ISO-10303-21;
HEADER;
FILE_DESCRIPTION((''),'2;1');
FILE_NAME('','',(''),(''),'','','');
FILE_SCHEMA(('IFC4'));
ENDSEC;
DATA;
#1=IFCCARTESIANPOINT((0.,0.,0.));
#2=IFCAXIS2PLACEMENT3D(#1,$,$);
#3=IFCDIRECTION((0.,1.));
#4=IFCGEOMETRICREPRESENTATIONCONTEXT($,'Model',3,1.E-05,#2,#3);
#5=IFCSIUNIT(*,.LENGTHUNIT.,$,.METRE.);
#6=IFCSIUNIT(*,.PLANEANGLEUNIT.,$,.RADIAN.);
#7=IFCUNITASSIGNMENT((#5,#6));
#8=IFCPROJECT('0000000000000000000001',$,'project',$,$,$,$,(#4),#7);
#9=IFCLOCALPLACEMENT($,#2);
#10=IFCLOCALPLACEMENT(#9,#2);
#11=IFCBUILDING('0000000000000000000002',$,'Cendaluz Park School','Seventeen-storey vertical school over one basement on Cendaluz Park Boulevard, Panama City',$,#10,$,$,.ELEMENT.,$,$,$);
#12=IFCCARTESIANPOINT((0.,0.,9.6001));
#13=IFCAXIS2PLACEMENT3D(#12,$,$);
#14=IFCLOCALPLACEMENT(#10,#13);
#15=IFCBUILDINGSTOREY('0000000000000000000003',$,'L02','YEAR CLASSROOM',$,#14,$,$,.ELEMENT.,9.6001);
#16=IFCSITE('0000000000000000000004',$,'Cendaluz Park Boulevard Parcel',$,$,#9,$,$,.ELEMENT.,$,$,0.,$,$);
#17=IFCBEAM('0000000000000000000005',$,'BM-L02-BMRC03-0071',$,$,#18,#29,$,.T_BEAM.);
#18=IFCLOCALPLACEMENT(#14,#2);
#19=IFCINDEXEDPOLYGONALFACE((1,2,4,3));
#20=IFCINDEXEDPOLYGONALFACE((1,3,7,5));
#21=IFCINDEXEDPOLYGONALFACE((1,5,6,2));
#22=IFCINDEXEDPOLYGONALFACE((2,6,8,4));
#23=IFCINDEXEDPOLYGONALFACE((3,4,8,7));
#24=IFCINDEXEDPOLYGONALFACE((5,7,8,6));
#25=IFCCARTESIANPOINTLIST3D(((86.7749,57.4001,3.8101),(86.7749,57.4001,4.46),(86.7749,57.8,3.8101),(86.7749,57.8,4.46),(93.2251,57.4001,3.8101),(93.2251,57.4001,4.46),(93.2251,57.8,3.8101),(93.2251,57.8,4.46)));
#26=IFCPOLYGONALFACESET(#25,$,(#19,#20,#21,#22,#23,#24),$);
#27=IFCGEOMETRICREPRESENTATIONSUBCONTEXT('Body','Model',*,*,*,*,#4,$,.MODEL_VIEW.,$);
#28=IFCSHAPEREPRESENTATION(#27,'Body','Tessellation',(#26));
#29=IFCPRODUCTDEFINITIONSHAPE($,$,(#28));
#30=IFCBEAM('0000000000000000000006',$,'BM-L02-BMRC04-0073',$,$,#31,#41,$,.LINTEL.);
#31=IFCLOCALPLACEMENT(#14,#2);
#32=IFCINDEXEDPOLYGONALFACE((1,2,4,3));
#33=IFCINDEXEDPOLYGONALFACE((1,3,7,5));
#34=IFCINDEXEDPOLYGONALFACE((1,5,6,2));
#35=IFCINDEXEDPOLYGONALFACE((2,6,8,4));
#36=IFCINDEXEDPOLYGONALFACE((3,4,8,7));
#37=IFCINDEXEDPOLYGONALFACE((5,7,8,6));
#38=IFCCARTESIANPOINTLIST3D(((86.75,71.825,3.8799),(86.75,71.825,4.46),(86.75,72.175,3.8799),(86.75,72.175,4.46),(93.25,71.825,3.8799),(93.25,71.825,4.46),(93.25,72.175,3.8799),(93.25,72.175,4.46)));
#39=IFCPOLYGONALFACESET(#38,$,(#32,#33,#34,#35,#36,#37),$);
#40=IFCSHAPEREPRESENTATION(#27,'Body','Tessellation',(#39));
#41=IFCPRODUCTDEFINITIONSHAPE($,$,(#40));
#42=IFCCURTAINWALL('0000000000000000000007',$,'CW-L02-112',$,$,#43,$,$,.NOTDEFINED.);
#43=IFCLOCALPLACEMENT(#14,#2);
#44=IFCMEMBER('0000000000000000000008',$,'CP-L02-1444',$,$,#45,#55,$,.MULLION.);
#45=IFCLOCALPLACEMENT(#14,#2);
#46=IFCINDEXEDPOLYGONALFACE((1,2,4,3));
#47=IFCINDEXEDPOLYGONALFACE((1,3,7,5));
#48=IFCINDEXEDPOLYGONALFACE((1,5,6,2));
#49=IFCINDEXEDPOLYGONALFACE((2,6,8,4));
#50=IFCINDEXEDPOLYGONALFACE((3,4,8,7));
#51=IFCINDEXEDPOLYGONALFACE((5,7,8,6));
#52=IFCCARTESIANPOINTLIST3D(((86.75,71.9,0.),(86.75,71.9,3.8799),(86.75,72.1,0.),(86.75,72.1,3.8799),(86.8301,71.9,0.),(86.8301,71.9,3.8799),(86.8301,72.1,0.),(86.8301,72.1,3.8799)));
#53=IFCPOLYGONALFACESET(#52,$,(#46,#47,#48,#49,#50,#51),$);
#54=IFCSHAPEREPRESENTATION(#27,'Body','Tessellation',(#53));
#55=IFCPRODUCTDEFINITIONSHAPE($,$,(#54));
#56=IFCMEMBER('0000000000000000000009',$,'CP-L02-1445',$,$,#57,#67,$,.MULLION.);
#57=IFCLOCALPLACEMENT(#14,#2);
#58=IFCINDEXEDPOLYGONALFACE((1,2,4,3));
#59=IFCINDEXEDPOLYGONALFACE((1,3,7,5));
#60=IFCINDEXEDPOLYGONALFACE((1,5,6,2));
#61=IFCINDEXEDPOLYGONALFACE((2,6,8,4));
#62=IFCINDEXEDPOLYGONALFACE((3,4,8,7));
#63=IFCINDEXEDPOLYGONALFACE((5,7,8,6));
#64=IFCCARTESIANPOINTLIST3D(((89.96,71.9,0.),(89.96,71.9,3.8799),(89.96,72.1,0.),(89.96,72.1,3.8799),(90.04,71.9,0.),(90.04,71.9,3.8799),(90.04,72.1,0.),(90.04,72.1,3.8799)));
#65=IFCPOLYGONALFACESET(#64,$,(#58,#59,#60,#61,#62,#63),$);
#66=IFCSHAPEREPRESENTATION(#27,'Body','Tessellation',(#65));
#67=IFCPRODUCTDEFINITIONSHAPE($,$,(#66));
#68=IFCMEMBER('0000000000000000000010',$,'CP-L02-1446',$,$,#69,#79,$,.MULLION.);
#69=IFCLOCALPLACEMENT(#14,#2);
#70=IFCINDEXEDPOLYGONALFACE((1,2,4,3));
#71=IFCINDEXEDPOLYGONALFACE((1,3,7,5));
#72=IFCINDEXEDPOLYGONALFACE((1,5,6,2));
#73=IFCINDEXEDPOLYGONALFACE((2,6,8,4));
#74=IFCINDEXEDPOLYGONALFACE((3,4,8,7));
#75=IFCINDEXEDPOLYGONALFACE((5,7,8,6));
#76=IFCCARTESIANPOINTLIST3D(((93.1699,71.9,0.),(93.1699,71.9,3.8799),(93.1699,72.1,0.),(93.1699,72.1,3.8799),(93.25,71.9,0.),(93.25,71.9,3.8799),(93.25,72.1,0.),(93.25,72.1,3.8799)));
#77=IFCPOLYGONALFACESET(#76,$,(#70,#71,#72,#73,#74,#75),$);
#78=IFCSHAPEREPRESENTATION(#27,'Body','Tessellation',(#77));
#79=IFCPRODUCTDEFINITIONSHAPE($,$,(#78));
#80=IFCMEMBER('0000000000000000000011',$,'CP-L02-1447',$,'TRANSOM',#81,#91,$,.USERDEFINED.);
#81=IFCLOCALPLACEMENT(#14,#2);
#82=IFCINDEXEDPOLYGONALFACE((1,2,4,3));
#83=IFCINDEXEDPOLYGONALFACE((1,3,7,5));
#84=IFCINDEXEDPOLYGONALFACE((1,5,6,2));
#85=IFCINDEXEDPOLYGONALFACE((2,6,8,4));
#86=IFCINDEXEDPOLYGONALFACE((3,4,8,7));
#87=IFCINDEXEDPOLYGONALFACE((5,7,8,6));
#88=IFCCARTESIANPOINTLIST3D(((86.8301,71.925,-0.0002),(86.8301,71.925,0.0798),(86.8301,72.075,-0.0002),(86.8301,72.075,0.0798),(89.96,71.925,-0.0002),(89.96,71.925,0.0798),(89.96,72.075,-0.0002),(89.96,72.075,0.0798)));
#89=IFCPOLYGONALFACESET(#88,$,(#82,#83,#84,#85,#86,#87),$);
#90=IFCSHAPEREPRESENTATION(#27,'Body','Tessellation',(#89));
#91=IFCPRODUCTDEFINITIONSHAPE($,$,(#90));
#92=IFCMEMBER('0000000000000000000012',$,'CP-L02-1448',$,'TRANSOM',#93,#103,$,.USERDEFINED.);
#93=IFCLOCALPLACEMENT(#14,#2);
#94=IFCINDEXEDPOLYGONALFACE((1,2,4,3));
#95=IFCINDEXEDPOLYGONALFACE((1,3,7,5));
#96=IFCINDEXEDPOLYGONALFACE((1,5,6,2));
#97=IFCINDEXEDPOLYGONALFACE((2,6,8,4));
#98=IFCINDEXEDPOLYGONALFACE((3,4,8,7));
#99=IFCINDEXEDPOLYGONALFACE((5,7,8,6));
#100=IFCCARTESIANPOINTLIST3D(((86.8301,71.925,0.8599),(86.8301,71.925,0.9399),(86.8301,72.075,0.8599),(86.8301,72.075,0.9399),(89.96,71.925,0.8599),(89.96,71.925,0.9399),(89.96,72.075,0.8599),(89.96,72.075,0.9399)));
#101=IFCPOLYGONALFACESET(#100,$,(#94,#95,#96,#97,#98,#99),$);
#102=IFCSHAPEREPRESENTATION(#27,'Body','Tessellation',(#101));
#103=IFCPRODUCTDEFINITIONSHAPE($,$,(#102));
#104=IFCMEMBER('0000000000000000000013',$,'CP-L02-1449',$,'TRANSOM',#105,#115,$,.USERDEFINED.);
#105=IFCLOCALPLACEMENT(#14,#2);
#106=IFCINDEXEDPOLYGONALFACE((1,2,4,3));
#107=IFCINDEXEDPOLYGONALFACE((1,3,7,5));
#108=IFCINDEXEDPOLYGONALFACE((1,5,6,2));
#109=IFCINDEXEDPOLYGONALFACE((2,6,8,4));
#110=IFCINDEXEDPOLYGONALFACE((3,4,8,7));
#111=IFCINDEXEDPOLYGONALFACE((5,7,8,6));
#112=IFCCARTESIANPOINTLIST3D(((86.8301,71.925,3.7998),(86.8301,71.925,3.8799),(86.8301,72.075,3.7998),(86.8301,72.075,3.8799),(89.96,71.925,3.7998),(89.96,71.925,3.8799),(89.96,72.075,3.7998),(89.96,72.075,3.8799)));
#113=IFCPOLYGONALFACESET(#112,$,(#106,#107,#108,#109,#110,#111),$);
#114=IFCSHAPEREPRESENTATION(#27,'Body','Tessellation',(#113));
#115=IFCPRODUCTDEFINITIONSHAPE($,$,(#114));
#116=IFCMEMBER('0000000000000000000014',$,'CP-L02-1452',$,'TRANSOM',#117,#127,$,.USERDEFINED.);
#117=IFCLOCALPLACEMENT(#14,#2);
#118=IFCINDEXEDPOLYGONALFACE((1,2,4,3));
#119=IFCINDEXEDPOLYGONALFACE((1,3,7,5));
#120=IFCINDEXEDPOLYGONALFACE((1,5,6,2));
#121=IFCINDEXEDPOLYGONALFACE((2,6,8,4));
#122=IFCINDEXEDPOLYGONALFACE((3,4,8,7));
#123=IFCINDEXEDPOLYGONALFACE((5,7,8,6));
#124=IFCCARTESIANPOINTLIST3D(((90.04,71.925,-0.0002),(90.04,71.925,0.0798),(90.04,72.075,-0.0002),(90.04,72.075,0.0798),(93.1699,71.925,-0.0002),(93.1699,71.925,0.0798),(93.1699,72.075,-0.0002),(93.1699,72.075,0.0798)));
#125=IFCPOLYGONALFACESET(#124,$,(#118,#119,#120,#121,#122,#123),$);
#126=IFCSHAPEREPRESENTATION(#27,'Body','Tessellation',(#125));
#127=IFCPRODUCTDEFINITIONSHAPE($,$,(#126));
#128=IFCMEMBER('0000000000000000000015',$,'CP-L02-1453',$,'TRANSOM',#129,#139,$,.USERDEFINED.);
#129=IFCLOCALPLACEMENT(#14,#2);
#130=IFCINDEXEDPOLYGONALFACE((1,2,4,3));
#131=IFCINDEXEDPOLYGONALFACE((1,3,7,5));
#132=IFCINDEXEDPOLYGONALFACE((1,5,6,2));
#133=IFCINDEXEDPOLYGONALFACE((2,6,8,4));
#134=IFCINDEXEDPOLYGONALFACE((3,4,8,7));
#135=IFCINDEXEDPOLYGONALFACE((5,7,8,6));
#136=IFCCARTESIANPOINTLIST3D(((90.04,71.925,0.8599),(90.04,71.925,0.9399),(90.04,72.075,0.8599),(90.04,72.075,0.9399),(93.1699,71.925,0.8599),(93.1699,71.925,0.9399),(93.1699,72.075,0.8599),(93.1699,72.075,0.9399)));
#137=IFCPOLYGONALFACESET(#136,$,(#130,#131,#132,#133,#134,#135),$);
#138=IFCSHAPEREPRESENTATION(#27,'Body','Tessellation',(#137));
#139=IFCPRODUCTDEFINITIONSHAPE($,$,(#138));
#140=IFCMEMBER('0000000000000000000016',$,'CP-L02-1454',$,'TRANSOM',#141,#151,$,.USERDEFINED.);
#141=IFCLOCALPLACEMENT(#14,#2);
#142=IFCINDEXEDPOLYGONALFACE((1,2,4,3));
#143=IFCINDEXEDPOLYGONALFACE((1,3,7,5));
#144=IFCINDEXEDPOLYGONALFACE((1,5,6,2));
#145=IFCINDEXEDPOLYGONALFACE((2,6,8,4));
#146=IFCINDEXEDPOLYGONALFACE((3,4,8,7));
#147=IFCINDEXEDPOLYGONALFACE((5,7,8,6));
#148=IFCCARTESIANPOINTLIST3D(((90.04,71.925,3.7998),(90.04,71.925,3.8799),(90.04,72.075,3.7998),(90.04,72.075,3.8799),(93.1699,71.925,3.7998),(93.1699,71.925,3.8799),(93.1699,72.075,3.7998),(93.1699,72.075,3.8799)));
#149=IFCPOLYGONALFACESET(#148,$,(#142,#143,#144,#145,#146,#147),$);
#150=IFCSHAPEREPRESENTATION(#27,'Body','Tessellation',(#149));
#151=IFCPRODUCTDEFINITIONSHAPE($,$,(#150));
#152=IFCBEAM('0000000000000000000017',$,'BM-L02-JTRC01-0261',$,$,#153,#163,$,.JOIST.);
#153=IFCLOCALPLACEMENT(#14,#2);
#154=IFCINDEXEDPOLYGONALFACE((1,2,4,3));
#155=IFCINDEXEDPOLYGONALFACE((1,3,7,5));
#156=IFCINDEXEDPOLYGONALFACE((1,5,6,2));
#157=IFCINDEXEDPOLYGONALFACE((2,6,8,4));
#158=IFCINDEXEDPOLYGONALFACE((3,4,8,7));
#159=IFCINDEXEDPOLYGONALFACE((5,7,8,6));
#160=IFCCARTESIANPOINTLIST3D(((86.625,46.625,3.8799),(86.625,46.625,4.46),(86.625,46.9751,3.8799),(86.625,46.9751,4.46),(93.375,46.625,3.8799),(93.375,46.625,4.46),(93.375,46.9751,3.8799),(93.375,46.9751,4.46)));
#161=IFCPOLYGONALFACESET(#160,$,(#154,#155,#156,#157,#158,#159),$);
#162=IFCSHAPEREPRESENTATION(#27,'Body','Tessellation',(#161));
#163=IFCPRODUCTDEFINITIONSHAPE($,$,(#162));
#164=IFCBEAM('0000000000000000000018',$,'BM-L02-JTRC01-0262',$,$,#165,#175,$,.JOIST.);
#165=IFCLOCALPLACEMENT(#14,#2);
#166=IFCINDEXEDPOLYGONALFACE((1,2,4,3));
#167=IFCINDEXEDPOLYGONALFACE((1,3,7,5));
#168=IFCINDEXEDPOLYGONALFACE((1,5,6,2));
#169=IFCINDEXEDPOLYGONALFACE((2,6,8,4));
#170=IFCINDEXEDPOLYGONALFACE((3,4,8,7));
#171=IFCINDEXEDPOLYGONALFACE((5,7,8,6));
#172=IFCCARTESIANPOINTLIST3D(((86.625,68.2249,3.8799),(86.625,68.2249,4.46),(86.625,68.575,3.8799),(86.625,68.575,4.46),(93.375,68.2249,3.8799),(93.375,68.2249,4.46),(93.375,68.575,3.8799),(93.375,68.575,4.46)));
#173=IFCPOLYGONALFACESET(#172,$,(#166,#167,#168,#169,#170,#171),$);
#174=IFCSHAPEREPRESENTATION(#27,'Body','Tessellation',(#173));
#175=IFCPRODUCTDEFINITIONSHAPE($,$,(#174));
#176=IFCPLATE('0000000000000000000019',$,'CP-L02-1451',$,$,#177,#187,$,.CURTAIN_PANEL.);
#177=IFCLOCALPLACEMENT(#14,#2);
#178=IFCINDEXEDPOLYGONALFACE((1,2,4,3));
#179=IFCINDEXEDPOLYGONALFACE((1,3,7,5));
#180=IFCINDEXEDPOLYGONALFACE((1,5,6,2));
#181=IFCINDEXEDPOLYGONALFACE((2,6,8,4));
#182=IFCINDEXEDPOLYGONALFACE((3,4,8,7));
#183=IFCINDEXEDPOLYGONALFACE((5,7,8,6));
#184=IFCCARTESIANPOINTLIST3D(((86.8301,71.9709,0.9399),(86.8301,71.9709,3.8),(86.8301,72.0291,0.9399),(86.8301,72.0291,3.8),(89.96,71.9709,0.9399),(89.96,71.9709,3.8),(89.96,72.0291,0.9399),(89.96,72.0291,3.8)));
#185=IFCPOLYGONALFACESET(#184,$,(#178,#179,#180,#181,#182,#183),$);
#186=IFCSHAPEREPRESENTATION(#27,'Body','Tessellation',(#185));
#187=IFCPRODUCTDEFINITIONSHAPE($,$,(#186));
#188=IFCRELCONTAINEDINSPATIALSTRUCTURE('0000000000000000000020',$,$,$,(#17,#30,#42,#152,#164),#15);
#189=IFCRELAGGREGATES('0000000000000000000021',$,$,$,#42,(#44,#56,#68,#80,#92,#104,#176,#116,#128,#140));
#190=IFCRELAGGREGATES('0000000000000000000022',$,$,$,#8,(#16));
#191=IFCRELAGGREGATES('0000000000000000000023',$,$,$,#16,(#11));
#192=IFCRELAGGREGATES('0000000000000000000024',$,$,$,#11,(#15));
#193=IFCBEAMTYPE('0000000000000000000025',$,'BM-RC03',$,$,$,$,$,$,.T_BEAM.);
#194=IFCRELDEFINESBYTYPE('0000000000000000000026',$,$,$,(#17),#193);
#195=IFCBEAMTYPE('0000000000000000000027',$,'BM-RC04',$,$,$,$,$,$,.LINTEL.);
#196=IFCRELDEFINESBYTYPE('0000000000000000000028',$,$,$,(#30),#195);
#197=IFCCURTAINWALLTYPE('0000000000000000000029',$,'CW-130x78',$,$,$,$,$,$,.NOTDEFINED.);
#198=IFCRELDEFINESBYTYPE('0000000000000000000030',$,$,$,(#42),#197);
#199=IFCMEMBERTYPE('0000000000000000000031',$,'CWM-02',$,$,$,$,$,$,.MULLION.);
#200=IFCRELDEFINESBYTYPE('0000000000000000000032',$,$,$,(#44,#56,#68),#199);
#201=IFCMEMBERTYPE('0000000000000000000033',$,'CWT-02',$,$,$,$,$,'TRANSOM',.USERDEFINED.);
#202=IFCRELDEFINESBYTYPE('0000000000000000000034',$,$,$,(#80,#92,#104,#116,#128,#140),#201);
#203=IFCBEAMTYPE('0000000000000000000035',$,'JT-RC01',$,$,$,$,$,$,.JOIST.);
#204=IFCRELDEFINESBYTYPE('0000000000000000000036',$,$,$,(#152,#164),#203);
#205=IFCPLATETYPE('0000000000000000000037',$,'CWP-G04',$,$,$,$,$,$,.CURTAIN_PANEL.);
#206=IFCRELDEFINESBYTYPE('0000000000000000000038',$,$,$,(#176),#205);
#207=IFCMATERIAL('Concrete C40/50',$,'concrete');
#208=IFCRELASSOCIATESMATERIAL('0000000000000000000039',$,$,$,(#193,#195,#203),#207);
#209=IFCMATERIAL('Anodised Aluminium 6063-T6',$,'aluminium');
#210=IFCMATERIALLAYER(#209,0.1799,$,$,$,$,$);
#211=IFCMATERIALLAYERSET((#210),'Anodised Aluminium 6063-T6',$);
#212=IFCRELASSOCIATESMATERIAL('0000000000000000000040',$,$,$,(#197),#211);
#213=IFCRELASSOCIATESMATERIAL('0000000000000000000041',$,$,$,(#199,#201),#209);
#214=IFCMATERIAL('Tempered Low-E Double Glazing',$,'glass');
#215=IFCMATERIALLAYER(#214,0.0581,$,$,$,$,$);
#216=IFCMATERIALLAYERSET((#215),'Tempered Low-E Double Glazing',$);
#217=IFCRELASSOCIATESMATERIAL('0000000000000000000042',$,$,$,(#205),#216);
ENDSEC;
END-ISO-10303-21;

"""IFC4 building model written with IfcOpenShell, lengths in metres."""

from ifc_helpers import new_model, si_unit, direction, frame, origin, origin_2d, place, context, subcontext, project, spatial, rectangle, extrude, material, layer, layer_set, material_profile, profile_set, type_object, element, aggregate, save


model = new_model("IFC4")

# Units and contexts
model_context = context("Model", 3, precision=1e-05, world=origin(), true_north=direction((0.0, 1.0)))
body_context = subcontext(model_context, "Body", "Model", "MODEL_VIEW")
ifc_project = project(units=[si_unit("LENGTHUNIT", "METRE"), si_unit("PLANEANGLEUNIT", "RADIAN")], contexts=[model_context])

# Site, building, storey
site_placement = place(None, origin())
site = spatial("IfcSite", under=ifc_project, at=site_placement, Name="Cendaluz Park Boulevard Parcel", CompositionType="ELEMENT", RefElevation=0.0)
building_placement = place(site_placement, origin())
building = spatial("IfcBuilding", under=site, at=building_placement, Name="Cendaluz Park School", Description="Seventeen-storey vertical school over one basement on Cendaluz Park Boulevard, Panama City", CompositionType="ELEMENT")
storey_placement = place(building_placement, frame((0.0, 0.0, 9.6001)))
storey = spatial("IfcBuildingStorey", under=building, at=storey_placement, Name="L02", Description="YEAR CLASSROOM", CompositionType="ELEMENT", Elevation=9.6001)

# Shared definitions
ifc_material_1 = material(Name="Concrete C40/50", Category="concrete")

# Beams
ifc_material_profile_1 = material_profile(ifc_material_1, rectangle(XDim=0.3999, YDim=0.6499, at=origin_2d()), Name="RC 400x650", Category="concrete")
ifc_profile_set_1 = profile_set([ifc_material_profile_1], Name="Concrete C40/50")
beam_type_1 = type_object("IfcBeamType", Name="BM-RC03", PredefinedType="T_BEAM", material=ifc_profile_set_1)
beam_1_placement = place(storey_placement, frame((86.7749, 57.6001, 4.135), z_axis=(1.0, 0.0, 0.0), x_axis=(0.0, 1.0, 0.0)))
element("IfcBeam", 1, at=beam_1_placement, inside=storey, type_object=beam_type_1, Name="BM-L02-BMRC03-0071", PredefinedType="T_BEAM", context=body_context, shape_type="SweptSolid", body=[
    extrude(rectangle(XDim=0.3999, YDim=0.6499, at=origin_2d()), origin(), (0.0, 0.0, 1.0), 6.4502),
])
ifc_material_profile_2 = material_profile(ifc_material_1, rectangle(XDim=0.3501, YDim=0.5801, at=origin_2d()), Name="RC 350x580", Category="concrete")
ifc_profile_set_2 = profile_set([ifc_material_profile_2], Name="Concrete C40/50")
beam_type_2 = type_object("IfcBeamType", Name="BM-RC04", PredefinedType="LINTEL", material=ifc_profile_set_2)
beam_2_placement = place(storey_placement, frame((86.75, 72.0, 4.1699), z_axis=(1.0, 0.0, 0.0), x_axis=(0.0, 1.0, 0.0)))
element("IfcBeam", 2, at=beam_2_placement, inside=storey, type_object=beam_type_2, Name="BM-L02-BMRC04-0073", PredefinedType="LINTEL", context=body_context, shape_type="SweptSolid", body=[
    extrude(rectangle(XDim=0.3501, YDim=0.5801, at=origin_2d()), origin(), (0.0, 0.0, 1.0), 6.5),
])

# Curtain wall, members
ifc_material_2 = material(Name="Anodised Aluminium 6063-T6", Category="aluminium")
ifc_layer_1 = layer(ifc_material_2, 0.1799)
ifc_layer_set_1 = layer_set([ifc_layer_1], Name="Anodised Aluminium 6063-T6")
curtain_wall_type = type_object("IfcCurtainWallType", Name="CW-130x78", PredefinedType="NOTDEFINED", material=ifc_layer_set_1)
curtain_wall_placement = place(storey_placement, origin())
curtain_wall = element("IfcCurtainWall", 3, at=curtain_wall_placement, inside=storey, type_object=curtain_wall_type, Name="CW-L02-112", PredefinedType="NOTDEFINED")
ifc_material_profile_3 = material_profile(ifc_material_2, rectangle(XDim=0.2, YDim=0.0801, at=origin_2d()), Name="CWM 200x80", Category="aluminium")
ifc_profile_set_3 = profile_set([ifc_material_profile_3], Name="Anodised Aluminium 6063-T6")
member_type_1 = type_object("IfcMemberType", Name="CWM-02", PredefinedType="MULLION", material=ifc_profile_set_3)
member_1_placement = place(storey_placement, frame((86.79, 72.0, 0.0), z_axis=(0.0, 0.0, 1.0), x_axis=(0.0, 1.0, 0.0)))
member_1 = element("IfcMember", 4, at=member_1_placement, type_object=member_type_1, Name="CP-L02-1444", PredefinedType="MULLION", context=body_context, shape_type="SweptSolid", body=[
    extrude(rectangle(XDim=0.2, YDim=0.0801, at=origin_2d()), origin(), (0.0, 0.0, 1.0), 3.8799),
])
member_2_placement = place(storey_placement, frame((90.0, 72.0, 0.0), z_axis=(0.0, 0.0, 1.0), x_axis=(0.0, 1.0, 0.0)))
member_2 = element("IfcMember", 5, at=member_2_placement, type_object=member_type_1, Name="CP-L02-1445", PredefinedType="MULLION", context=body_context, shape_type="SweptSolid", body=[
    extrude(rectangle(XDim=0.2, YDim=0.0801, at=origin_2d()), origin(), (0.0, 0.0, 1.0), 3.8799),
])
member_3_placement = place(storey_placement, frame((93.21, 72.0, 0.0), z_axis=(0.0, 0.0, 1.0), x_axis=(0.0, 1.0, 0.0)))
member_3 = element("IfcMember", 6, at=member_3_placement, type_object=member_type_1, Name="CP-L02-1446", PredefinedType="MULLION", context=body_context, shape_type="SweptSolid", body=[
    extrude(rectangle(XDim=0.2, YDim=0.0801, at=origin_2d()), origin(), (0.0, 0.0, 1.0), 3.8799),
])
ifc_material_profile_4 = material_profile(ifc_material_2, rectangle(XDim=0.1499, YDim=0.0801, at=origin_2d()), Name="CWT 150x80", Category="aluminium")
ifc_profile_set_4 = profile_set([ifc_material_profile_4], Name="Anodised Aluminium 6063-T6")
member_type_2 = type_object("IfcMemberType", Name="CWT-02", ElementType="TRANSOM", PredefinedType="USERDEFINED", material=ifc_profile_set_4)
member_4_placement = place(storey_placement, frame((86.8301, 72.0, 0.0398), z_axis=(1.0, 0.0, 0.0), x_axis=(0.0, 1.0, 0.0)))
member_4 = element("IfcMember", 7, at=member_4_placement, type_object=member_type_2, Name="CP-L02-1447", ObjectType="TRANSOM", PredefinedType="USERDEFINED", context=body_context, shape_type="SweptSolid", body=[
    extrude(rectangle(XDim=0.1499, YDim=0.0801, at=origin_2d()), origin(), (0.0, 0.0, 1.0), 3.1299),
])
member_5_placement = place(storey_placement, frame((86.8301, 72.0, 0.8999), z_axis=(1.0, 0.0, 0.0), x_axis=(0.0, 1.0, 0.0)))
member_5 = element("IfcMember", 8, at=member_5_placement, type_object=member_type_2, Name="CP-L02-1448", ObjectType="TRANSOM", PredefinedType="USERDEFINED", context=body_context, shape_type="SweptSolid", body=[
    extrude(rectangle(XDim=0.1499, YDim=0.0801, at=origin_2d()), origin(), (0.0, 0.0, 1.0), 3.1299),
])
member_6_placement = place(storey_placement, frame((86.8301, 72.0, 3.8398), z_axis=(1.0, 0.0, 0.0), x_axis=(0.0, 1.0, 0.0)))
member_6 = element("IfcMember", 9, at=member_6_placement, type_object=member_type_2, Name="CP-L02-1449", ObjectType="TRANSOM", PredefinedType="USERDEFINED", context=body_context, shape_type="SweptSolid", body=[
    extrude(rectangle(XDim=0.1499, YDim=0.0801, at=origin_2d()), origin(), (0.0, 0.0, 1.0), 3.1299),
])
member_7_placement = place(storey_placement, frame((90.04, 72.0, 0.0398), z_axis=(1.0, 0.0, 0.0), x_axis=(0.0, 1.0, 0.0)))
member_7 = element("IfcMember", 10, at=member_7_placement, type_object=member_type_2, Name="CP-L02-1452", ObjectType="TRANSOM", PredefinedType="USERDEFINED", context=body_context, shape_type="SweptSolid", body=[
    extrude(rectangle(XDim=0.1499, YDim=0.0801, at=origin_2d()), origin(), (0.0, 0.0, 1.0), 3.1299),
])
member_8_placement = place(storey_placement, frame((90.04, 72.0, 0.8999), z_axis=(1.0, 0.0, 0.0), x_axis=(0.0, 1.0, 0.0)))
member_8 = element("IfcMember", 11, at=member_8_placement, type_object=member_type_2, Name="CP-L02-1453", ObjectType="TRANSOM", PredefinedType="USERDEFINED", context=body_context, shape_type="SweptSolid", body=[
    extrude(rectangle(XDim=0.1499, YDim=0.0801, at=origin_2d()), origin(), (0.0, 0.0, 1.0), 3.1299),
])
member_9_placement = place(storey_placement, frame((90.04, 72.0, 3.8398), z_axis=(1.0, 0.0, 0.0), x_axis=(0.0, 1.0, 0.0)))
member_9 = element("IfcMember", 12, at=member_9_placement, type_object=member_type_2, Name="CP-L02-1454", ObjectType="TRANSOM", PredefinedType="USERDEFINED", context=body_context, shape_type="SweptSolid", body=[
    extrude(rectangle(XDim=0.1499, YDim=0.0801, at=origin_2d()), origin(), (0.0, 0.0, 1.0), 3.1299),
])

# Beams
ifc_material_profile_5 = material_profile(ifc_material_1, rectangle(XDim=0.3501, YDim=0.5801, at=origin_2d()), Name="RC 350x580", Category="concrete")
ifc_profile_set_5 = profile_set([ifc_material_profile_5], Name="Concrete C40/50")
beam_type_3 = type_object("IfcBeamType", Name="JT-RC01", PredefinedType="JOIST", material=ifc_profile_set_5)
for number, where, z_axis, x_axis, name in (
    (13, (86.625, 46.8, 4.1699), (1.0, 0.0, 0.0), (0.0, 1.0, 0.0), "BM-L02-JTRC01-0261"),
    (14, (86.625, 68.3999, 4.1699), (1.0, 0.0, 0.0), (0.0, 1.0, 0.0), "BM-L02-JTRC01-0262"),
):
    element("IfcBeam", number, at=place(storey_placement, frame(where, z_axis=z_axis, x_axis=x_axis)), inside=storey, type_object=beam_type_3, Name=name, PredefinedType="JOIST", context=body_context, shape_type="SweptSolid", body=[
        extrude(rectangle(XDim=0.3501, YDim=0.5801, at=origin_2d()), origin(), (0.0, 0.0, 1.0), 6.75),
    ])

# Plate
ifc_material_3 = material(Name="Tempered Low-E Double Glazing", Category="glass")
ifc_layer_2 = layer(ifc_material_3, 0.0581)
ifc_layer_set_2 = layer_set([ifc_layer_2], Name="Tempered Low-E Double Glazing")
plate_type_1 = type_object("IfcPlateType", Name="CWP-G04", PredefinedType="CURTAIN_PANEL", material=ifc_layer_set_2)
plate_1_placement = place(storey_placement, frame((88.395, 72.0, 0.9399), z_axis=(0.0, 0.0, 1.0), x_axis=(1.0, 0.0, 0.0)))
plate_1 = element("IfcPlate", 15, at=plate_1_placement, type_object=plate_type_1, Name="CP-L02-1451", PredefinedType="CURTAIN_PANEL", context=body_context, shape_type="SweptSolid", body=[
    extrude(rectangle(XDim=3.1299, YDim=0.0581, at=origin_2d()), origin(), (0.0, 0.0, 1.0), 2.8601),
])
aggregate(curtain_wall, [member_1, member_2, member_3, member_4, member_5, member_6, plate_1, member_7, member_8, member_9])

save(model, "model.ifc")
